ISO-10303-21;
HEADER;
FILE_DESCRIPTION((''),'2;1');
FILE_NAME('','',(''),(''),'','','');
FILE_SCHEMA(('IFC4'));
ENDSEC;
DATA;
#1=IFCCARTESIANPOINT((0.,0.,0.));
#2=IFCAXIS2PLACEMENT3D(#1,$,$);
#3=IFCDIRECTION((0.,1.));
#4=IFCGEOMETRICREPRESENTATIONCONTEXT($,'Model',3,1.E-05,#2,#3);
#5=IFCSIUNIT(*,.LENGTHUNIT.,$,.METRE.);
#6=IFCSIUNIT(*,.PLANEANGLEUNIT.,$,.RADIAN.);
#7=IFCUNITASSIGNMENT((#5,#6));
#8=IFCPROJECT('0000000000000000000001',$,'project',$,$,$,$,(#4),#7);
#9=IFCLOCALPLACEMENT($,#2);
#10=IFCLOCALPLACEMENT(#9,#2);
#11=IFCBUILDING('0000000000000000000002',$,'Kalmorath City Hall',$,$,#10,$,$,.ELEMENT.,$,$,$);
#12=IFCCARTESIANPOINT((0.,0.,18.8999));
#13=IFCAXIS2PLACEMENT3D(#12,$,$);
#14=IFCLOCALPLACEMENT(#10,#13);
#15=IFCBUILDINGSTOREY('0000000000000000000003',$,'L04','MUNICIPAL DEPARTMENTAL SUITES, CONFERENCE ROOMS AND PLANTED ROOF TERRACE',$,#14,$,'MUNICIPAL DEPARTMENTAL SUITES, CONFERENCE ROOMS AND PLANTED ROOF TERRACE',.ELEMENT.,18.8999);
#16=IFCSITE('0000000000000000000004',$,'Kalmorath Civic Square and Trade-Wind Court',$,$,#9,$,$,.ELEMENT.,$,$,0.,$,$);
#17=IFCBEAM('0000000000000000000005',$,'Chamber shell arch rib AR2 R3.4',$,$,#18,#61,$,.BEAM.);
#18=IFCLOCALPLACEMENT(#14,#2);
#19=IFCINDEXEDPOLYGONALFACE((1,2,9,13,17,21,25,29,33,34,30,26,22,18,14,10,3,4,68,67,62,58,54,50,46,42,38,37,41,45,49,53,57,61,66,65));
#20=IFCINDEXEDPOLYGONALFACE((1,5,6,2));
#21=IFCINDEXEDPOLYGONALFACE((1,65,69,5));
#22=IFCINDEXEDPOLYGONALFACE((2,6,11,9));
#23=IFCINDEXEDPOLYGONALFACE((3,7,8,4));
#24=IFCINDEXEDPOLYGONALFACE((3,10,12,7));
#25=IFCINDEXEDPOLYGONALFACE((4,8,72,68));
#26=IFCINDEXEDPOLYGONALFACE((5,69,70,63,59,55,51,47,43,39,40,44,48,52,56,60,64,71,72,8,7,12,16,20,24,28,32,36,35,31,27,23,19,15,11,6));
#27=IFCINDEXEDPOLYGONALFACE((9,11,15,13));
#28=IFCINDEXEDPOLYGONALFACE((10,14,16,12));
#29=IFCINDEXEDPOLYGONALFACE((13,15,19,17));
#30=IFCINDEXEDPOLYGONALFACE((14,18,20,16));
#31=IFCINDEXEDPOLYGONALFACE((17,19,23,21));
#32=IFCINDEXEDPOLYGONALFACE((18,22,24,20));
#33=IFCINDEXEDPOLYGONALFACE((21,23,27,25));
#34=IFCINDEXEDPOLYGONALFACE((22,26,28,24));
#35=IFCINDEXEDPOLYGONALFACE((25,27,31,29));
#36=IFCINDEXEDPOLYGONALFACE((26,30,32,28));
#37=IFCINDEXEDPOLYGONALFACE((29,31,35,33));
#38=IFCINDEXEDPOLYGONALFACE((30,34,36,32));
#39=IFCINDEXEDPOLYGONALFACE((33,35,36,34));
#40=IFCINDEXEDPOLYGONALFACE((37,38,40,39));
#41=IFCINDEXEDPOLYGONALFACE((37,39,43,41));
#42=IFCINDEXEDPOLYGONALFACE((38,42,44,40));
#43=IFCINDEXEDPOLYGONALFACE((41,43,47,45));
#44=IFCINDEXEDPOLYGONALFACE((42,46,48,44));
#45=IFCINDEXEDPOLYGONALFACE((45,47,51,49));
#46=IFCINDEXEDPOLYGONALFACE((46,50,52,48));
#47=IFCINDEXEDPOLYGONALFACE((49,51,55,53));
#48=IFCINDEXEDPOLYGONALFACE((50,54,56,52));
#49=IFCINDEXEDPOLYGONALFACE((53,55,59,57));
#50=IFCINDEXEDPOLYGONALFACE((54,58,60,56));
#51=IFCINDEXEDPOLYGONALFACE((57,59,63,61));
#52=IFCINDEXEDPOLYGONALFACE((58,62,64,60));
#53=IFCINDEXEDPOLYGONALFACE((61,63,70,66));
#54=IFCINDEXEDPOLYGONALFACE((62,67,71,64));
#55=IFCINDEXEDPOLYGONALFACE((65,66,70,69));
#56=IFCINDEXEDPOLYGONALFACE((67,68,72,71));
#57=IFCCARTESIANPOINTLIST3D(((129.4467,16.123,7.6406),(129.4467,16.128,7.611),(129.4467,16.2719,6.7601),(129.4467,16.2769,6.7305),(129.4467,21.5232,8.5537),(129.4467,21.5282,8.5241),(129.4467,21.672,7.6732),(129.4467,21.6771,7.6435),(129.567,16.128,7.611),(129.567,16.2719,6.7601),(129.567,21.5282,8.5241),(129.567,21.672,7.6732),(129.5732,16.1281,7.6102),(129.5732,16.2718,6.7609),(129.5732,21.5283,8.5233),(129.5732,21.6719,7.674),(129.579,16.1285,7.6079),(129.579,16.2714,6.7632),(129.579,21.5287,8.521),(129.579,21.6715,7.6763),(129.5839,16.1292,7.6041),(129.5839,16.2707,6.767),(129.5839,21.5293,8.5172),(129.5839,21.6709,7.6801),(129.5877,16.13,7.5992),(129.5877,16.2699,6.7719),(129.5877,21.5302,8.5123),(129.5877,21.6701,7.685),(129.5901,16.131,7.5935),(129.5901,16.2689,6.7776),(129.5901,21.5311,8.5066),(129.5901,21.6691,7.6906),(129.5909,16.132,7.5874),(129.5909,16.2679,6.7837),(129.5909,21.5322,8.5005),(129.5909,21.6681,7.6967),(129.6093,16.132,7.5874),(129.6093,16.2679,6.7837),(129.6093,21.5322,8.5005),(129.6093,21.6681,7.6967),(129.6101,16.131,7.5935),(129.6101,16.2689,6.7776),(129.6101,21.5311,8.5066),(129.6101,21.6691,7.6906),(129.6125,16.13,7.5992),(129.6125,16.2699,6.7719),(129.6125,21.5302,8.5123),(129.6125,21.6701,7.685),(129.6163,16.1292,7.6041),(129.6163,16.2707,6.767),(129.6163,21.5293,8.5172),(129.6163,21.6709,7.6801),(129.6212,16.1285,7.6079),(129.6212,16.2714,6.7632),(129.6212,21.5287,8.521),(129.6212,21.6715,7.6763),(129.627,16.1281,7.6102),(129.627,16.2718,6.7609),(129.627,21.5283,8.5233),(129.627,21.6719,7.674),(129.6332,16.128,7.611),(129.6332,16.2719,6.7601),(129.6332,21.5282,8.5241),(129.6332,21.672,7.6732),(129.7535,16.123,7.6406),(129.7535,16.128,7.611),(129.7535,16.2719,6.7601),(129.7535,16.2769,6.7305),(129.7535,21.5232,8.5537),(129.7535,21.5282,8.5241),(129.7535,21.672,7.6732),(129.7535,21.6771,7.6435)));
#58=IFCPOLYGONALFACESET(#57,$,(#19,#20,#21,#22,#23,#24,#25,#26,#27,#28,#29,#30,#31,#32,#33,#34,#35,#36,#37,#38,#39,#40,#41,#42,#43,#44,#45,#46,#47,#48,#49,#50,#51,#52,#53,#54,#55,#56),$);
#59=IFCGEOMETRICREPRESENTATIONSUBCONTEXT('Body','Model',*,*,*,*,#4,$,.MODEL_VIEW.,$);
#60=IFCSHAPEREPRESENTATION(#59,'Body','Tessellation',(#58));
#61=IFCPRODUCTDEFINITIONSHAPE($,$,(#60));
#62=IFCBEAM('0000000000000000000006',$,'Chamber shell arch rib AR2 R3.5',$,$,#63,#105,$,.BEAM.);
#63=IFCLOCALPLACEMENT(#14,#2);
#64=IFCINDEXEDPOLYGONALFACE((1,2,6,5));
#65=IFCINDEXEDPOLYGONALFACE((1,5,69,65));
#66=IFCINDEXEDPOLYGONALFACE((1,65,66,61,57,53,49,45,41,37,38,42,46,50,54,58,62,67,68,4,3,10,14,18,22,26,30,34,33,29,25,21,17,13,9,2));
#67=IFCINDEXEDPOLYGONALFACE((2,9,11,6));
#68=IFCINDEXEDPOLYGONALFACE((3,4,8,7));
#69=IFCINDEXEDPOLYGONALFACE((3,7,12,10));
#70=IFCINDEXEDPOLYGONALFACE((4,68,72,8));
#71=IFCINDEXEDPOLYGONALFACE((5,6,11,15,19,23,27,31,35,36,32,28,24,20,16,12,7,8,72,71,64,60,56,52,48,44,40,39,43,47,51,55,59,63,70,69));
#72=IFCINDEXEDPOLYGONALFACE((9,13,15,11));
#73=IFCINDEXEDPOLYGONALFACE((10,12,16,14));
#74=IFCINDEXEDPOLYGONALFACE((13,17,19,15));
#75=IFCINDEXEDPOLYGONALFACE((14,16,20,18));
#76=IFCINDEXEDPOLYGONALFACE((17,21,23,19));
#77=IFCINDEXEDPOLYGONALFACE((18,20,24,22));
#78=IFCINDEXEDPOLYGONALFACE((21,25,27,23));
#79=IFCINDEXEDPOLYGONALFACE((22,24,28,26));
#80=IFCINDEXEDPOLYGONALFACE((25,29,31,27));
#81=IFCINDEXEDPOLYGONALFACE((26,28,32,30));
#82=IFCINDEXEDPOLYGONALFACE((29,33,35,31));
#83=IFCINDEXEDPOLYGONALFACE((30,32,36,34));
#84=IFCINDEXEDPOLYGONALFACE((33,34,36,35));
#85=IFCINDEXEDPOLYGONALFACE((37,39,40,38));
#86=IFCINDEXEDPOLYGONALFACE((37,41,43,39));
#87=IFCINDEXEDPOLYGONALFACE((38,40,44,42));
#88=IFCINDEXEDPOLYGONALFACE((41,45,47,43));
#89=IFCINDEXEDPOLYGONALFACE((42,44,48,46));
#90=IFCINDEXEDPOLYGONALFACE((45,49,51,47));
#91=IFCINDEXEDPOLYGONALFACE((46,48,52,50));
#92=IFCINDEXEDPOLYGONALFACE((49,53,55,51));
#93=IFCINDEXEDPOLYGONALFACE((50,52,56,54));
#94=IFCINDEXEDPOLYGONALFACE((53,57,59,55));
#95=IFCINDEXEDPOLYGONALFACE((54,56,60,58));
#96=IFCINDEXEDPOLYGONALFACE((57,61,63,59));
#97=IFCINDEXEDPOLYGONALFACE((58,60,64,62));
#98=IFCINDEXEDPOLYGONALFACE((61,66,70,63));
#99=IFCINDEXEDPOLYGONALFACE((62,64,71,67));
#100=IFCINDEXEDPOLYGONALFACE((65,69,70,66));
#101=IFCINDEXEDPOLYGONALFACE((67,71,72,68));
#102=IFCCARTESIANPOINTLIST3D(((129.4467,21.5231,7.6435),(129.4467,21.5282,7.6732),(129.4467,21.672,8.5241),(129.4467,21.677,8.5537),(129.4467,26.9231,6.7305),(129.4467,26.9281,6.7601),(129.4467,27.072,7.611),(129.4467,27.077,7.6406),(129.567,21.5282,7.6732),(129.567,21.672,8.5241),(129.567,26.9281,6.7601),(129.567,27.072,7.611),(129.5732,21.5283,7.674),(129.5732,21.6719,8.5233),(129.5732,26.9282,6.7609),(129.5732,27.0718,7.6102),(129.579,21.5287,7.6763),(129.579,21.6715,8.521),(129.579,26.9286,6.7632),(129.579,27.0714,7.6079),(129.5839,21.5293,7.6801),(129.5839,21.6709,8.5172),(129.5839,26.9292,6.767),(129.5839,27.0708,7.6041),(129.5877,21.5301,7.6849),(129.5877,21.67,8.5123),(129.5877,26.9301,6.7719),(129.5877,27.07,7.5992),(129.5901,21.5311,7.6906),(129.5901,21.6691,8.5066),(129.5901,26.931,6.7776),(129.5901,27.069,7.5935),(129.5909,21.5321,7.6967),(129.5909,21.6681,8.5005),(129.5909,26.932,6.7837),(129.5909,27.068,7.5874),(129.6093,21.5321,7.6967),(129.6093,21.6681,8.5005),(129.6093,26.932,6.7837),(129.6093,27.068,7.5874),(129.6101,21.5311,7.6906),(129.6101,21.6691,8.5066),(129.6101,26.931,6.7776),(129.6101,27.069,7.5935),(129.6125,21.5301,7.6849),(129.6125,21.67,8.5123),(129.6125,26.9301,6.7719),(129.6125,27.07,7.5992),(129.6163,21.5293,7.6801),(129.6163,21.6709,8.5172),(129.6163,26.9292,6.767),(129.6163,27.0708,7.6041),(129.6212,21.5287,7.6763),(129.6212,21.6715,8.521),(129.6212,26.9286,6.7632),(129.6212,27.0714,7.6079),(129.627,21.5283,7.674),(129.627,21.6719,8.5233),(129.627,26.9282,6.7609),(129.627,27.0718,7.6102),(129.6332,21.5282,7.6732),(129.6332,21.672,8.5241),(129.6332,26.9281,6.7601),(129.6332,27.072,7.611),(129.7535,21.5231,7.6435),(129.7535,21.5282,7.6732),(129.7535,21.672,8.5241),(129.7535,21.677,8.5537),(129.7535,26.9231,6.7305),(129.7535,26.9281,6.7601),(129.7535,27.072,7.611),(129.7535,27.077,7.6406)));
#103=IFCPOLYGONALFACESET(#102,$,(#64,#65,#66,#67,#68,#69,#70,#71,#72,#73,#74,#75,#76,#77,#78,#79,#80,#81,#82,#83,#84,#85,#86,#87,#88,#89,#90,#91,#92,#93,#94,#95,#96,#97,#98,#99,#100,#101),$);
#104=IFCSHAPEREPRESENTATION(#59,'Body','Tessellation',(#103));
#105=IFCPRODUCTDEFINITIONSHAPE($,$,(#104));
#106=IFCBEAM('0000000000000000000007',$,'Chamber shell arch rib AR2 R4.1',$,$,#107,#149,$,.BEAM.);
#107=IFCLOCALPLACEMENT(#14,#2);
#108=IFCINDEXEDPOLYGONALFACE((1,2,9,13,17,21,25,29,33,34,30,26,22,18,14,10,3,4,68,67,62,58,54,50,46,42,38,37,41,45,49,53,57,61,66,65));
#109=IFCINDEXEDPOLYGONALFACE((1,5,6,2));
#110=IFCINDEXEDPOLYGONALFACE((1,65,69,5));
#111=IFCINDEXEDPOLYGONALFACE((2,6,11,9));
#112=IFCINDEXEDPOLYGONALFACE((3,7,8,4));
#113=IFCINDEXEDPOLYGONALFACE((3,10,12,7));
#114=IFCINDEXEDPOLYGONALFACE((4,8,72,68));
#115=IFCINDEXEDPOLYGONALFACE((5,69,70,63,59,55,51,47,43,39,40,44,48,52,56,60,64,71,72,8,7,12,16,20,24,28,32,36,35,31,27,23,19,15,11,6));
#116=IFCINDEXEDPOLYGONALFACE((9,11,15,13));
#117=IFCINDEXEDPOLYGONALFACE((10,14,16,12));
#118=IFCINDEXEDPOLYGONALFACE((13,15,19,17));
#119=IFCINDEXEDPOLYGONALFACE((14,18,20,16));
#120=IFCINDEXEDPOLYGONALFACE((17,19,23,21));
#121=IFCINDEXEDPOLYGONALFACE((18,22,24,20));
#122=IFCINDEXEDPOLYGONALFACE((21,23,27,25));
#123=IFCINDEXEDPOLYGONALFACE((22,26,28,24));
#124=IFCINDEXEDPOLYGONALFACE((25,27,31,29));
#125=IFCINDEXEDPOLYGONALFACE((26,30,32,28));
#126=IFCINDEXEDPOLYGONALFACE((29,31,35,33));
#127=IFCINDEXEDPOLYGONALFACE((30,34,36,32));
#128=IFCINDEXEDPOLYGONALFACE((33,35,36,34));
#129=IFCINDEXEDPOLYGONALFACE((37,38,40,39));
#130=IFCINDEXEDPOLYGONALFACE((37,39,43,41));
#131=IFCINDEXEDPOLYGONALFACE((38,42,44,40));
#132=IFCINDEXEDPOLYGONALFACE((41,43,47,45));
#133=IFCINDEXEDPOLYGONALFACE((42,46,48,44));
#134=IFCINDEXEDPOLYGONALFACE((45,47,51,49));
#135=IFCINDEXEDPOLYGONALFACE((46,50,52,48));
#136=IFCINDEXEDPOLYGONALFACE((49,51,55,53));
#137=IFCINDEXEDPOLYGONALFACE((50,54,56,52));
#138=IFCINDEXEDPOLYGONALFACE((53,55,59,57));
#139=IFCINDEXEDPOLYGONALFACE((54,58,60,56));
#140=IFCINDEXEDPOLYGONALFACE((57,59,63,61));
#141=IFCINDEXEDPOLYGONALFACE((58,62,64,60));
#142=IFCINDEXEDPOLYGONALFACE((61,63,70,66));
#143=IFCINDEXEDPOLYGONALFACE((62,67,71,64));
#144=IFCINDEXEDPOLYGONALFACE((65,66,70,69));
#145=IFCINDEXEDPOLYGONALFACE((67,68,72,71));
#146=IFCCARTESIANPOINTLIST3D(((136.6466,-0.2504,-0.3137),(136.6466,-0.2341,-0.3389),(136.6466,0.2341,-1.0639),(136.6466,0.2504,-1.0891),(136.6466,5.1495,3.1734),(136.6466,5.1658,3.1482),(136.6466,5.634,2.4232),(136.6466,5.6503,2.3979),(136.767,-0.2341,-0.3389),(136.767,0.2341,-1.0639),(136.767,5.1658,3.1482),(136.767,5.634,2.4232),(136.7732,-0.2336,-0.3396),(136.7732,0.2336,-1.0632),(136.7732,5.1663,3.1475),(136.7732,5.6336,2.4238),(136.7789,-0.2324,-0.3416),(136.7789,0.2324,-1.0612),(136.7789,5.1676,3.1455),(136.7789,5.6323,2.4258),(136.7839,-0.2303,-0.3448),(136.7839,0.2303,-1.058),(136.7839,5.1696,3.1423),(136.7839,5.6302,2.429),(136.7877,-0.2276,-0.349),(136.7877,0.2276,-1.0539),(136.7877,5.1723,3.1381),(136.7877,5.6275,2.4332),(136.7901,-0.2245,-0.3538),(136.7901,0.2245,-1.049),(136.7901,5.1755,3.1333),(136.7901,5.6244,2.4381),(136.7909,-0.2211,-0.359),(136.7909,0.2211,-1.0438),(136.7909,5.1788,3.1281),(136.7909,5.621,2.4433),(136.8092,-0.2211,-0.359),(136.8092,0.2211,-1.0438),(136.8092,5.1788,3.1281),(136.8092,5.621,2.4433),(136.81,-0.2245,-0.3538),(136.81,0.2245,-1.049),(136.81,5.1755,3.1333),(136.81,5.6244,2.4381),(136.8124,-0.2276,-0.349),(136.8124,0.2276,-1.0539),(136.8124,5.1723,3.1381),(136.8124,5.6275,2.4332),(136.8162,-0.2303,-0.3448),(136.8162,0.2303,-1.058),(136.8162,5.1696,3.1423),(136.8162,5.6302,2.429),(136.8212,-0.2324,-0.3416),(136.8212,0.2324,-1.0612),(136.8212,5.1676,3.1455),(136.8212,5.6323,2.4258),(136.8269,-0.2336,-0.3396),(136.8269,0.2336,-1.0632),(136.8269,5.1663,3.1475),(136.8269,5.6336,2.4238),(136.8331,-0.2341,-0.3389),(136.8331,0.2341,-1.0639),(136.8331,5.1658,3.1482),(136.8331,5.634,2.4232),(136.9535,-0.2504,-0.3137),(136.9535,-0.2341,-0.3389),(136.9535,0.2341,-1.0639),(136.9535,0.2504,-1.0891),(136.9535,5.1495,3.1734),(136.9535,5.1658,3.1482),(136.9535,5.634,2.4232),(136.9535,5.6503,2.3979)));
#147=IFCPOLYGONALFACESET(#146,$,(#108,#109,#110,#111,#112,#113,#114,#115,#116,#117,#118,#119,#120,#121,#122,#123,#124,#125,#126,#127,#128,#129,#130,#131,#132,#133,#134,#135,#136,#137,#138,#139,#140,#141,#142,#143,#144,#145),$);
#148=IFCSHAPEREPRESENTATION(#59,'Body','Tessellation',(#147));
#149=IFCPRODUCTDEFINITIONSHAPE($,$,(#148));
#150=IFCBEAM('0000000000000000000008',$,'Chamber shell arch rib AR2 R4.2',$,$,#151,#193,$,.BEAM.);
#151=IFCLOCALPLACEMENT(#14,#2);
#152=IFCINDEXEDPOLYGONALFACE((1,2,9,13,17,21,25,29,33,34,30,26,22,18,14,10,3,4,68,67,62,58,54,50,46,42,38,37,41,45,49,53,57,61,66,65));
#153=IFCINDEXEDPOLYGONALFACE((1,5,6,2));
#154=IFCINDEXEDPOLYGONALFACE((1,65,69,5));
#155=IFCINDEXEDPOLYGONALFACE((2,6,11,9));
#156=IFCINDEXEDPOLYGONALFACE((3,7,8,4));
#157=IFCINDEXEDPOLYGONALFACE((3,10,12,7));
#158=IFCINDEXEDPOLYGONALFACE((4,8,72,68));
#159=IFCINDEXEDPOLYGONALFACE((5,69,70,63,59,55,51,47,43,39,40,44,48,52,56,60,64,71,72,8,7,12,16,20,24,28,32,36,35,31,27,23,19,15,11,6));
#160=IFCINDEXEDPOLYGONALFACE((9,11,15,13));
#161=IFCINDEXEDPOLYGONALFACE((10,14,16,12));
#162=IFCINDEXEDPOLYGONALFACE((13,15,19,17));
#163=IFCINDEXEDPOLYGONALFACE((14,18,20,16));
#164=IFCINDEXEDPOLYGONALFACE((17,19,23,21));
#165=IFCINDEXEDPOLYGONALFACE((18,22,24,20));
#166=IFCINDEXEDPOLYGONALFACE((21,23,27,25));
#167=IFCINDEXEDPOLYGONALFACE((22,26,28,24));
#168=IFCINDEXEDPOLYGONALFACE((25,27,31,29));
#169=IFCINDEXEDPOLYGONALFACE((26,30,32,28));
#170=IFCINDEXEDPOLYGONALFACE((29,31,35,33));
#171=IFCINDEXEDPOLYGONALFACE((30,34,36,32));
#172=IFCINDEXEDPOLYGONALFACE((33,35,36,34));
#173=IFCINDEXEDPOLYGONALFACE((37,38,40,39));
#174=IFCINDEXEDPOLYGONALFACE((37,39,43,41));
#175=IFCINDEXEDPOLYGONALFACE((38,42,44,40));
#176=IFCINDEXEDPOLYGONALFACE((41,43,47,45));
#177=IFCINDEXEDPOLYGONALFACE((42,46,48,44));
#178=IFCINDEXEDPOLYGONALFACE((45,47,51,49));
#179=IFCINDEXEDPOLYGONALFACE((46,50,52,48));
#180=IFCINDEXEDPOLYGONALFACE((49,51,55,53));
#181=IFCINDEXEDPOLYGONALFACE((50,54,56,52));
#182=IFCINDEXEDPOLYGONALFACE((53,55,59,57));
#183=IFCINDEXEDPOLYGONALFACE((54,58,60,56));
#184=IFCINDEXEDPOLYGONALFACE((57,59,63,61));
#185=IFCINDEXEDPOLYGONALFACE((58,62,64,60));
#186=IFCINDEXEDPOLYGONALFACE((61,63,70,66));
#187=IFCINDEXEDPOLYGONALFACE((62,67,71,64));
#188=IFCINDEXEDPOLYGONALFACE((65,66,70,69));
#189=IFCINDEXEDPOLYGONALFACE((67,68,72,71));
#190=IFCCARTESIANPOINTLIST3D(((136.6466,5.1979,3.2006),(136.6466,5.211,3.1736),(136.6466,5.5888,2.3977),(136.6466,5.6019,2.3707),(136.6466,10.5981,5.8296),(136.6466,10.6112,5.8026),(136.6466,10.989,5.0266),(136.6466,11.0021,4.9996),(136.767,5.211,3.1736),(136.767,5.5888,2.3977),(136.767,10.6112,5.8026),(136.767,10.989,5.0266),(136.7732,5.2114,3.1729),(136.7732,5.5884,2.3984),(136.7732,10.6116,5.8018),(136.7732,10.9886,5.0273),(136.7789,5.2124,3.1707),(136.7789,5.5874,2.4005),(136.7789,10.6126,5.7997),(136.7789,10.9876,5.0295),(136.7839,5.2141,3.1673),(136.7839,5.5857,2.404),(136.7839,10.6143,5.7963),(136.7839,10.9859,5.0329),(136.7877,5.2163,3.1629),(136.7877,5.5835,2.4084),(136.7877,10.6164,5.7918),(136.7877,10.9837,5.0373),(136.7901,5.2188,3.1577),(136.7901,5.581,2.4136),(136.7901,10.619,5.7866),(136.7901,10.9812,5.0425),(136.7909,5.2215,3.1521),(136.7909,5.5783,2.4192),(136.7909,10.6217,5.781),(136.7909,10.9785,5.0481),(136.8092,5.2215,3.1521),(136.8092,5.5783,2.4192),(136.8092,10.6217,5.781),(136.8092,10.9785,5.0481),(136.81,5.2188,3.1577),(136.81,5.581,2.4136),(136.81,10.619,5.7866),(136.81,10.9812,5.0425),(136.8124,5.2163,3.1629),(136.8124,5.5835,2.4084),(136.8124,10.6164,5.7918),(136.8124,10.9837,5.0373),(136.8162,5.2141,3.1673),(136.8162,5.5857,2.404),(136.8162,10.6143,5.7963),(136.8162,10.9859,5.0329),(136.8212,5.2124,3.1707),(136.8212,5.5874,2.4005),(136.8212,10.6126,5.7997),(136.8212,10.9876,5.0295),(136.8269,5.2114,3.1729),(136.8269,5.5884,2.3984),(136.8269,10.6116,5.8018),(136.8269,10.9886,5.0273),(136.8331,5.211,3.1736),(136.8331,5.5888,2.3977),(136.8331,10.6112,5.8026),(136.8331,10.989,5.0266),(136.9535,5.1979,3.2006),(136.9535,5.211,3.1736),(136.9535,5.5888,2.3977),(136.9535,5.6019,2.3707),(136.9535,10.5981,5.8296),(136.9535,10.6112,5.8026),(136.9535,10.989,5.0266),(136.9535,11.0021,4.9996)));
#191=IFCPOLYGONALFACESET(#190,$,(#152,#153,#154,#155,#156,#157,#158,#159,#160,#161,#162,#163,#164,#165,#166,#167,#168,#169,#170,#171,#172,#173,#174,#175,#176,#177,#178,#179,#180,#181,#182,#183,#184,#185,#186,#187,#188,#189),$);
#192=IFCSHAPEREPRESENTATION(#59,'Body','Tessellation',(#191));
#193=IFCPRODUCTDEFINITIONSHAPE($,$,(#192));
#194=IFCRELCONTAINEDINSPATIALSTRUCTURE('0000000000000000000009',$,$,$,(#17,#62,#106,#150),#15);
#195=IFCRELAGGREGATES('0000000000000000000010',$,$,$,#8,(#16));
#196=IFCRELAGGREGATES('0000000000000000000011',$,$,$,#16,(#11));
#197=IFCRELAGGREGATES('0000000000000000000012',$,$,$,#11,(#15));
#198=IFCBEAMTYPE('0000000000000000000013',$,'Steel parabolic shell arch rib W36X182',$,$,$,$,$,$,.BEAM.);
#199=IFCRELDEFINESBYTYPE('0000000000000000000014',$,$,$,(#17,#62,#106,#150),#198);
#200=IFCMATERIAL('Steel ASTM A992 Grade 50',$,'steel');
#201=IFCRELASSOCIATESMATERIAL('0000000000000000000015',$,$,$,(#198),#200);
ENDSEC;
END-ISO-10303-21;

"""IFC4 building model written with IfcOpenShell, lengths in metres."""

from ifc_helpers import new_model, si_unit, direction, frame, origin, origin_2d, place, context, subcontext, project, spatial, i_section, extrude, material, material_profile, profile_set, type_object, element, save


model = new_model("IFC4")

# Units and contexts
model_context = context("Model", 3, precision=1e-05, world=origin(), true_north=direction((0.0, 1.0)))
body_context = subcontext(model_context, "Body", "Model", "MODEL_VIEW")
ifc_project = project(units=[si_unit("LENGTHUNIT", "METRE"), si_unit("PLANEANGLEUNIT", "RADIAN")], contexts=[model_context])

# Site, building, storey
site_placement = place(None, origin())
site = spatial("IfcSite", under=ifc_project, at=site_placement, Name="Kalmorath Civic Square and Trade-Wind Court", CompositionType="ELEMENT", RefElevation=0.0)
building_placement = place(site_placement, origin())
building = spatial("IfcBuilding", under=site, at=building_placement, Name="Kalmorath City Hall", CompositionType="ELEMENT")
storey_placement = place(building_placement, frame((0.0, 0.0, 18.8999)))
storey = spatial("IfcBuildingStorey", under=building, at=storey_placement, Name="L04", Description="MUNICIPAL DEPARTMENTAL SUITES, CONFERENCE ROOMS AND PLANTED ROOF TERRACE", LongName="MUNICIPAL DEPARTMENTAL SUITES, CONFERENCE ROOMS AND PLANTED ROOF TERRACE", CompositionType="ELEMENT", Elevation=18.8999)

# Beams
ifc_material_1 = material(Name="Steel ASTM A992 Grade 50", Category="steel")
ifc_material_profile_1 = material_profile(ifc_material_1, i_section(OverallWidth=0.3069, OverallDepth=0.9231, WebThickness=0.0183, FlangeThickness=0.03, FilletRadius=0.0239, at=origin_2d()), Name="W36X182")
ifc_profile_set_1 = profile_set([ifc_material_profile_1], Name="Steel ASTM A992 Grade 50")
beam_type_1 = type_object("IfcBeamType", Name="Steel parabolic shell arch rib W36X182", PredefinedType="BEAM", material=ifc_profile_set_1)
beam_1_placement = place(storey_placement, frame((129.6001, 16.2, 7.1855), z_axis=(0.0, 0.986004, 0.166719), x_axis=(-1.0, 0.0, 0.0)))
element("IfcBeam", 1, at=beam_1_placement, inside=storey, type_object=beam_type_1, Name="Chamber shell arch rib AR2 R3.4", PredefinedType="BEAM", context=body_context, shape_type="SweptSolid", body=[
    extrude(i_section(OverallWidth=0.3069, OverallDepth=0.9231, WebThickness=0.0183, FlangeThickness=0.03, FilletRadius=0.0239, at=origin_2d()), origin(), (0.0, 0.0, 1.0), 5.4768),
])
beam_2_placement = place(storey_placement, frame((129.6001, 21.6001, 8.0986), z_axis=(0.0, 0.986003, -0.166726), x_axis=(-1.0, 0.0, 0.0)))
element("IfcBeam", 2, at=beam_2_placement, inside=storey, type_object=beam_type_1, Name="Chamber shell arch rib AR2 R3.5", PredefinedType="BEAM", context=body_context, shape_type="SweptSolid", body=[
    extrude(i_section(OverallWidth=0.3069, OverallDepth=0.9231, WebThickness=0.0183, FlangeThickness=0.03, FilletRadius=0.0239, at=origin_2d()), origin(), (0.0, 0.0, 1.0), 5.4766),
])
beam_3_placement = place(storey_placement, frame((136.8, 0.0, -0.7014), z_axis=(0.0, 0.840066, 0.542484), x_axis=(-1.0, 0.0, 0.0)))
element("IfcBeam", 3, at=beam_3_placement, inside=storey, type_object=beam_type_1, Name="Chamber shell arch rib AR2 R4.1", PredefinedType="BEAM", context=body_context, shape_type="SweptSolid", body=[
    extrude(i_section(OverallWidth=0.3069, OverallDepth=0.9231, WebThickness=0.0183, FlangeThickness=0.03, FilletRadius=0.0239, at=origin_2d()), origin(), (0.0, 0.0, 1.0), 6.428),
])
beam_4_placement = place(storey_placement, frame((136.8, 5.3999, 2.7856), z_axis=(0.0, 0.899117, 0.437709), x_axis=(-1.0, 0.0, 0.0)))
element("IfcBeam", 4, at=beam_4_placement, inside=storey, type_object=beam_type_1, Name="Chamber shell arch rib AR2 R4.2", PredefinedType="BEAM", context=body_context, shape_type="SweptSolid", body=[
    extrude(i_section(OverallWidth=0.3069, OverallDepth=0.9231, WebThickness=0.0183, FlangeThickness=0.03, FilletRadius=0.0239, at=origin_2d()), origin(), (0.0, 0.0, 1.0), 6.0061),
])

save(model, "model.ifc")
